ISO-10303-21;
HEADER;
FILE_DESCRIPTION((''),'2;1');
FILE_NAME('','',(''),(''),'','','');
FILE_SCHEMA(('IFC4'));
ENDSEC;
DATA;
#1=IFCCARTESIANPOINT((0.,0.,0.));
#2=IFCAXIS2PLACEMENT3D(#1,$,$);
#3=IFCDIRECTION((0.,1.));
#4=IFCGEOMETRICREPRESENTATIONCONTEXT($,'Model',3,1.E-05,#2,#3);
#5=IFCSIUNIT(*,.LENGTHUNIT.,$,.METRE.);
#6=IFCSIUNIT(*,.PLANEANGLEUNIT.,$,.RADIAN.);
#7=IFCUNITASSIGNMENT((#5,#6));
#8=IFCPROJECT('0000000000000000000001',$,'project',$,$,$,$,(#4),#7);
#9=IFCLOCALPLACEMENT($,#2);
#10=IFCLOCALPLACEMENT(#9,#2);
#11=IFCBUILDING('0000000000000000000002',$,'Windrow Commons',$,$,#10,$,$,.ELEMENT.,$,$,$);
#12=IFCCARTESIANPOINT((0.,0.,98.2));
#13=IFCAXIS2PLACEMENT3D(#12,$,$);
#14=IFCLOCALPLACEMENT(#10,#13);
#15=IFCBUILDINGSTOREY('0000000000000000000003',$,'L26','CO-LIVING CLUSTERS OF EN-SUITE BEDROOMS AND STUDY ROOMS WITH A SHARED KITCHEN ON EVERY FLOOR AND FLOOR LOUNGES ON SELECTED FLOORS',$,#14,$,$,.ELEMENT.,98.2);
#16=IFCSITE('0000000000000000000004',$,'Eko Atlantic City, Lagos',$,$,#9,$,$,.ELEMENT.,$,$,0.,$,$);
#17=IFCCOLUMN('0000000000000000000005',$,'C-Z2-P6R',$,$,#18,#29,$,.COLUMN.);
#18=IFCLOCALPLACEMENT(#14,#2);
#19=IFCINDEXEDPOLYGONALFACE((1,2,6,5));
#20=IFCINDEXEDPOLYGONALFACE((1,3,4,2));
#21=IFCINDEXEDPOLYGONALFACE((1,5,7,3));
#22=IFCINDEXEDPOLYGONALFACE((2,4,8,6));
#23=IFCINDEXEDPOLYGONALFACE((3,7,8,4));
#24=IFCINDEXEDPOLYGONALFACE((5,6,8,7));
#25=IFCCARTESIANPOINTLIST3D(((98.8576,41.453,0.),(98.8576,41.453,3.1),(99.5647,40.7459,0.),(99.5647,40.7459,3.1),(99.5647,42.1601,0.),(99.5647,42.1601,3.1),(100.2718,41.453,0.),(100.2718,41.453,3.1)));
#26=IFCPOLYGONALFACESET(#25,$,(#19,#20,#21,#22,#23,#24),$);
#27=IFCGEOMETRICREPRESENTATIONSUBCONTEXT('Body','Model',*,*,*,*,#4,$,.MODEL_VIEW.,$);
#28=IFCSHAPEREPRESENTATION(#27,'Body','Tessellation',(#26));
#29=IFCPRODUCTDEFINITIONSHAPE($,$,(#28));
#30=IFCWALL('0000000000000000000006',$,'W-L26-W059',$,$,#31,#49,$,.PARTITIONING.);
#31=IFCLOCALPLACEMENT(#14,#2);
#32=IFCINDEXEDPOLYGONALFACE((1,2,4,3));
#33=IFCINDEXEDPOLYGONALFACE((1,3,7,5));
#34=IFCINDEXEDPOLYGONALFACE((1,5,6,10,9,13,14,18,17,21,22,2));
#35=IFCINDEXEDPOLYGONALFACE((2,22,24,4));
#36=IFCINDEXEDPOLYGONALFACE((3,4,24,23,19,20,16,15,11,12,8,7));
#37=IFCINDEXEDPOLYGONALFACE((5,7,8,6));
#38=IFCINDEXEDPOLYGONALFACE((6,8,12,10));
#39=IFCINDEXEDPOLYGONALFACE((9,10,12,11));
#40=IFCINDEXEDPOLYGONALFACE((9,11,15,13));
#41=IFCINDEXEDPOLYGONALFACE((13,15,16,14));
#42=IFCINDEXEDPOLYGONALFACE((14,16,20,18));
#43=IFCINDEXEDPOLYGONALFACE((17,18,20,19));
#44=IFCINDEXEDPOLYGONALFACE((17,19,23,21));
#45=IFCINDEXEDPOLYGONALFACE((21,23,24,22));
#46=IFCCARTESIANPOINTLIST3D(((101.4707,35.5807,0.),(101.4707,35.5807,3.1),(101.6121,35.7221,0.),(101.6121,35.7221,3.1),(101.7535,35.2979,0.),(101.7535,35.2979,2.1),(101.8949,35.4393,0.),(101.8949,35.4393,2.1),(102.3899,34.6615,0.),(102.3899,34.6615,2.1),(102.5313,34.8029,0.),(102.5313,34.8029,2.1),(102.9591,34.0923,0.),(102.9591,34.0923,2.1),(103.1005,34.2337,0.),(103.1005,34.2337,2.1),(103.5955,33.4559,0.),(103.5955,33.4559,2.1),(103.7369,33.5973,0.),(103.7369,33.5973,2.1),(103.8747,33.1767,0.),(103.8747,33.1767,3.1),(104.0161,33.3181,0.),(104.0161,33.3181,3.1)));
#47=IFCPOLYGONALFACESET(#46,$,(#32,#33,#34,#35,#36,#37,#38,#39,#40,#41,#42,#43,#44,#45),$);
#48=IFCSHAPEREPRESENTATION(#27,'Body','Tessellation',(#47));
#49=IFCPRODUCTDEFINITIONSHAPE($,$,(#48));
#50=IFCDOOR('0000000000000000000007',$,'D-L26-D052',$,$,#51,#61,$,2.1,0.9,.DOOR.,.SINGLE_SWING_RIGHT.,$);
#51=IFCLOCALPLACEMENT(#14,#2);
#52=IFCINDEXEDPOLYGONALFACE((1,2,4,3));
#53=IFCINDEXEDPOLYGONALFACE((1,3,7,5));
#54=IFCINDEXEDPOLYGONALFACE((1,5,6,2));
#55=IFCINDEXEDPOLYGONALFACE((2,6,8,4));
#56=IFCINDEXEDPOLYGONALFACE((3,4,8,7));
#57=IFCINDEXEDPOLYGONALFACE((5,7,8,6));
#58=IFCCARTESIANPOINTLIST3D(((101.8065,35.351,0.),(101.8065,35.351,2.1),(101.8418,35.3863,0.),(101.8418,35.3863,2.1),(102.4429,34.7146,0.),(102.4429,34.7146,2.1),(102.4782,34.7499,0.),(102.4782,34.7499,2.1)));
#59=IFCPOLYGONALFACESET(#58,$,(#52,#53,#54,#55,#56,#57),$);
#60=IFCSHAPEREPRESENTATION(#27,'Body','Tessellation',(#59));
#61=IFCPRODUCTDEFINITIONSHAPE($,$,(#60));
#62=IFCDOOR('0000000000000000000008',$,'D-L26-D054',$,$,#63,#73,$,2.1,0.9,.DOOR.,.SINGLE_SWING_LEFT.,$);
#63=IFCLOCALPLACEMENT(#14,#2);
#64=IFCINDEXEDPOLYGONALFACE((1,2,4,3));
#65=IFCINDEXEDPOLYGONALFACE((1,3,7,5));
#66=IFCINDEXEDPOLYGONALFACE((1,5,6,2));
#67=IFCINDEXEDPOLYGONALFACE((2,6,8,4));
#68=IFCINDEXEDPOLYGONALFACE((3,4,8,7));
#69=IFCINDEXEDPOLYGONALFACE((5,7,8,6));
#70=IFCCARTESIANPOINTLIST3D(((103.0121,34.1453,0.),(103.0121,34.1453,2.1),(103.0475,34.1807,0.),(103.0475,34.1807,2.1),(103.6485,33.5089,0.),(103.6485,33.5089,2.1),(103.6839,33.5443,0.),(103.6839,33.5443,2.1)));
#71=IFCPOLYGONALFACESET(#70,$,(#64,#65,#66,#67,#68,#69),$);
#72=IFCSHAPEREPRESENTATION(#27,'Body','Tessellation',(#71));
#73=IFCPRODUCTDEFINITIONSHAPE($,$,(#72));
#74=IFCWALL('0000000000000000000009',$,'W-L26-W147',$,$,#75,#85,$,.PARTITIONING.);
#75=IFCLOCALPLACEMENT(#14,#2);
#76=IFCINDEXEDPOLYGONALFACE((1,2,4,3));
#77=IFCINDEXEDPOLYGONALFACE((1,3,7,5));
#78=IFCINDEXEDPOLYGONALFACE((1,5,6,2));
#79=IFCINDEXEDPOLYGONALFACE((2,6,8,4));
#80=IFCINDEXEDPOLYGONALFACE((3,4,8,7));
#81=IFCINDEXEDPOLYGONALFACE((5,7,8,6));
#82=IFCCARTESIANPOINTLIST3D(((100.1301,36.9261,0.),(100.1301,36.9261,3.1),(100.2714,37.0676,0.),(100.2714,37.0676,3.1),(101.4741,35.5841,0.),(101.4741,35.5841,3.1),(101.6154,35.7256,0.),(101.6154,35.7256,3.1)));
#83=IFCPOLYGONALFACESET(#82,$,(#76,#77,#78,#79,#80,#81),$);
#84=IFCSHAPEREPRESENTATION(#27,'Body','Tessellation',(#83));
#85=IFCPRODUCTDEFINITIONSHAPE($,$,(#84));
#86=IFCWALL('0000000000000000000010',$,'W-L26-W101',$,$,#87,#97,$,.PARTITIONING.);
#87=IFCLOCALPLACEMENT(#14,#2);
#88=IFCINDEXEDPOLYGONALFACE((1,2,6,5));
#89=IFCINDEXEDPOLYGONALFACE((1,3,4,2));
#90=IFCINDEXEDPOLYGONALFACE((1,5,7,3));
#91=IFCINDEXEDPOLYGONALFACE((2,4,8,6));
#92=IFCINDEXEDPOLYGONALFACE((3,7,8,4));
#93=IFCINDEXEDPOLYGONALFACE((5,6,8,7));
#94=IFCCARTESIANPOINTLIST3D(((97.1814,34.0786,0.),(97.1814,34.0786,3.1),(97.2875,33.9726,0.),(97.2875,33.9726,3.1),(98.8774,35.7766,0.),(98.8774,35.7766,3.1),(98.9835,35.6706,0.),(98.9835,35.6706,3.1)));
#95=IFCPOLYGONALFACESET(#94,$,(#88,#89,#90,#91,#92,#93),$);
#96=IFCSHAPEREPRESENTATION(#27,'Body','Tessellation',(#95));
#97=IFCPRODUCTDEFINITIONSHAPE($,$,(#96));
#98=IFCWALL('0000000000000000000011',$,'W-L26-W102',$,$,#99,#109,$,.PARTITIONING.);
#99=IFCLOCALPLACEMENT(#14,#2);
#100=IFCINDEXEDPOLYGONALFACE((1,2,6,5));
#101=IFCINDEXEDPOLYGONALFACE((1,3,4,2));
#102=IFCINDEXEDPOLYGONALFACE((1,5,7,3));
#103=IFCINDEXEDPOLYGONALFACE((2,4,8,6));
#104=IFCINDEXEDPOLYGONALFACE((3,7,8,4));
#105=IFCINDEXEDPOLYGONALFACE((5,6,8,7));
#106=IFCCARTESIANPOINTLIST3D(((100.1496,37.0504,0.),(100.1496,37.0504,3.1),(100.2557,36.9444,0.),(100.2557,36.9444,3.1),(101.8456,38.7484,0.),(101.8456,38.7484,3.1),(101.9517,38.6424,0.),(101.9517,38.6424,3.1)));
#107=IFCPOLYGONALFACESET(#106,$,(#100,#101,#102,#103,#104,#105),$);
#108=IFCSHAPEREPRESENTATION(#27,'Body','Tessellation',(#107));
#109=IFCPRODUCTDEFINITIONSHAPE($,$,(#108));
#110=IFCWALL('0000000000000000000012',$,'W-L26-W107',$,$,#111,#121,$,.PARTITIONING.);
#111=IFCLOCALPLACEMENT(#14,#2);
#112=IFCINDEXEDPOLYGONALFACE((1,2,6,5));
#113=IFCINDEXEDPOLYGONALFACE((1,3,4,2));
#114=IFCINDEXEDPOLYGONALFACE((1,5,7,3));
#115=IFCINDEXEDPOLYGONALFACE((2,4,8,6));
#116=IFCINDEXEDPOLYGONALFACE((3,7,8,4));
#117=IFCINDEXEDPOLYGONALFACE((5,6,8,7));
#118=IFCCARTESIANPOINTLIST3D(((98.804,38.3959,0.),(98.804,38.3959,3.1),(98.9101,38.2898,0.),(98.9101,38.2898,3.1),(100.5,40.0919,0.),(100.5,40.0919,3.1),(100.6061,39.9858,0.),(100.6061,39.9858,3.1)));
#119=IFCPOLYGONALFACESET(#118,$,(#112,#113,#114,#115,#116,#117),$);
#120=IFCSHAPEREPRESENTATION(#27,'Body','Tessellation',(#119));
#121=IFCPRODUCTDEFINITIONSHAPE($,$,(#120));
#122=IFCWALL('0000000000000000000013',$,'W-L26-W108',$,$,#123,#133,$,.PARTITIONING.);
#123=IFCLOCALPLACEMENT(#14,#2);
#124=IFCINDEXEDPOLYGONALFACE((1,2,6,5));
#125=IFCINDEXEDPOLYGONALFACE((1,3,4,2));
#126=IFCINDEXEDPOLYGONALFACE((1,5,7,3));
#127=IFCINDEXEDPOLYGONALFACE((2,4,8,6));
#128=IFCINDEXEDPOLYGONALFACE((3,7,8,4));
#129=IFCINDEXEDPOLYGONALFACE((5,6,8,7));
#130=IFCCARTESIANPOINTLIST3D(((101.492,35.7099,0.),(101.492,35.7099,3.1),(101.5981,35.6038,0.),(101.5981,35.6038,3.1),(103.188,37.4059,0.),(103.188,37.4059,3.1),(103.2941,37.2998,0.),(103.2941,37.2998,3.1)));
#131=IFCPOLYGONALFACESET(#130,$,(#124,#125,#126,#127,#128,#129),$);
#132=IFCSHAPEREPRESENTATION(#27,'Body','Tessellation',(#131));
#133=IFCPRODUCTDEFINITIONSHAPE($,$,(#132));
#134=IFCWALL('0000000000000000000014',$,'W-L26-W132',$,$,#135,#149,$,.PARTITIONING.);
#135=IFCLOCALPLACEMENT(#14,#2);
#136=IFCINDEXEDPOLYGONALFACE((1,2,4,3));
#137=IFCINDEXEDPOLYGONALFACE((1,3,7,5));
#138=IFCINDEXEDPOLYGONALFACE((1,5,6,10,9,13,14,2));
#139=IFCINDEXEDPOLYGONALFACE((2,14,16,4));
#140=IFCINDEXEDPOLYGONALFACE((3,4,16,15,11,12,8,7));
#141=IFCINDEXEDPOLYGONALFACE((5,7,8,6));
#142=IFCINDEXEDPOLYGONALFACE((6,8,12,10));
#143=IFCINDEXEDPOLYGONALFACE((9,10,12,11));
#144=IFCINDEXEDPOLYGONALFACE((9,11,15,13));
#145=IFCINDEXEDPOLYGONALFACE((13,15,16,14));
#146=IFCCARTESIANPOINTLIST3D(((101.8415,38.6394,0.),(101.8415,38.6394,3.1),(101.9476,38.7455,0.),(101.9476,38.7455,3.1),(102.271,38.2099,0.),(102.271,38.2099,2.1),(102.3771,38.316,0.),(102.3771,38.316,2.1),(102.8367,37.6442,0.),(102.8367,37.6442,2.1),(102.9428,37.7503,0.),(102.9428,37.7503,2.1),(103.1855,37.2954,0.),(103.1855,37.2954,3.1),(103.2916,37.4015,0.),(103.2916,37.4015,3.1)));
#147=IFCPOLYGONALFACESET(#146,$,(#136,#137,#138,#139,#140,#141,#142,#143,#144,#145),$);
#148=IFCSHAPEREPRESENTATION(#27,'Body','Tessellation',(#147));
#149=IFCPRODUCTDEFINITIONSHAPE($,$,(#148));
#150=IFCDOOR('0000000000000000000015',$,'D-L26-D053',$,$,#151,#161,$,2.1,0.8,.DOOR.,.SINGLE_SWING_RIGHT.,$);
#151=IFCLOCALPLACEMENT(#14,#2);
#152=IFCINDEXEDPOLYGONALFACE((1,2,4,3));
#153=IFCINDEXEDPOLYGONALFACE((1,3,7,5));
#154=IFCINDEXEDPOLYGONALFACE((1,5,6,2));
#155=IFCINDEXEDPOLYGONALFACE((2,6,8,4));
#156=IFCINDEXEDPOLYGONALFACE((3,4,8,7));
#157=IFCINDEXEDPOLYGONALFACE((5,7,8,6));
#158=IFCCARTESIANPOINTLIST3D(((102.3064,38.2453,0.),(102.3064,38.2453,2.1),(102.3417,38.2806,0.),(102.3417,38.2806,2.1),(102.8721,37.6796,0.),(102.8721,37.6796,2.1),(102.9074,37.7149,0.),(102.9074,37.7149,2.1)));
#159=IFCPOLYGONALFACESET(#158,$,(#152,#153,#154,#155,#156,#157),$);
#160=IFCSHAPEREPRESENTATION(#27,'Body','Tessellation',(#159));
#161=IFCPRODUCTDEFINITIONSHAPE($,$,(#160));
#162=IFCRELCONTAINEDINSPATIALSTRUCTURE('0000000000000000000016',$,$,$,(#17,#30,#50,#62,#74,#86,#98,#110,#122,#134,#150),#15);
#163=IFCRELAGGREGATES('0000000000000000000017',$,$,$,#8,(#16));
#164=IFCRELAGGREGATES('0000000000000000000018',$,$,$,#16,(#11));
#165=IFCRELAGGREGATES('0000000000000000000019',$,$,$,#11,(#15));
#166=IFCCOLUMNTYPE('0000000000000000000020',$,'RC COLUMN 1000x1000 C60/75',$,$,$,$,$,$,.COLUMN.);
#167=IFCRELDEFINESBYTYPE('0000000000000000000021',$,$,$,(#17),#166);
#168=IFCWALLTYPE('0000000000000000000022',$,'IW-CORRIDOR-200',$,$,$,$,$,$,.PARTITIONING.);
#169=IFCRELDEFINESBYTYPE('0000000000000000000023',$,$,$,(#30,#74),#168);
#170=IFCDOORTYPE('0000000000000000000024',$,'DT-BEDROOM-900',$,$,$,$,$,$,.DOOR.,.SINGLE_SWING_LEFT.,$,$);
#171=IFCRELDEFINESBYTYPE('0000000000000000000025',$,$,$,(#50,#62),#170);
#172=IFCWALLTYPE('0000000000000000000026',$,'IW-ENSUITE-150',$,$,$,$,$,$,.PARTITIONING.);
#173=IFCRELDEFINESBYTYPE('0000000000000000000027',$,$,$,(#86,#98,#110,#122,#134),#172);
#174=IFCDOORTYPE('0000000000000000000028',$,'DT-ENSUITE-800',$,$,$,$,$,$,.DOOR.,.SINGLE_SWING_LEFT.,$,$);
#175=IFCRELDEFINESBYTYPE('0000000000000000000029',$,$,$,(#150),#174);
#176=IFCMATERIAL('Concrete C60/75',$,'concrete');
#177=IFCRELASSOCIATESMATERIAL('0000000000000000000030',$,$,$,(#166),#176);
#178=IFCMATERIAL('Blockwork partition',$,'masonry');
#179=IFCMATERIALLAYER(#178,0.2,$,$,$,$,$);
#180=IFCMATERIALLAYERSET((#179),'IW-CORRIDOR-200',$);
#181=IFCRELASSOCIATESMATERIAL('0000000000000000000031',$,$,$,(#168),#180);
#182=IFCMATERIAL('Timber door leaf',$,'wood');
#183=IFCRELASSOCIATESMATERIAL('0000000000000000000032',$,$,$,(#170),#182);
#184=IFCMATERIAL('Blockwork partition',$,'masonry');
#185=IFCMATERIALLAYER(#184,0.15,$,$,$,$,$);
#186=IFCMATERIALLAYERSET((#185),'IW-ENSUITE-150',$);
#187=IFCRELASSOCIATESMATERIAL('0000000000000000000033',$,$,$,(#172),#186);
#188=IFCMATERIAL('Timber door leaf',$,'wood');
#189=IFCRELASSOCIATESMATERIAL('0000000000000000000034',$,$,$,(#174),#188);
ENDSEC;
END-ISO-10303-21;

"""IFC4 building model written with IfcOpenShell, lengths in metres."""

from ifc_helpers import new_model, si_unit, direction, frame, frame_2d, origin, origin_2d, place, context, subcontext, project, spatial, rectangle, extrude, material, layer, layer_set, material_profile, profile_set, type_object, element, fill, save


model = new_model("IFC4")

# Units and contexts
model_context = context("Model", 3, precision=1e-05, world=origin(), true_north=direction((0.0, 1.0)))
body_context = subcontext(model_context, "Body", "Model", "MODEL_VIEW")
ifc_project = project(units=[si_unit("LENGTHUNIT", "METRE"), si_unit("PLANEANGLEUNIT", "RADIAN")], contexts=[model_context])

# Site, building, storey
site_placement = place(None, origin())
site = spatial("IfcSite", under=ifc_project, at=site_placement, Name="Eko Atlantic City, Lagos", CompositionType="ELEMENT", RefElevation=0.0)
building_placement = place(site_placement, origin())
building = spatial("IfcBuilding", under=site, at=building_placement, Name="Windrow Commons", CompositionType="ELEMENT")
storey_placement = place(building_placement, frame((0.0, 0.0, 98.2)))
storey = spatial("IfcBuildingStorey", under=building, at=storey_placement, Name="L26", Description="CO-LIVING CLUSTERS OF EN-SUITE BEDROOMS AND STUDY ROOMS WITH A SHARED KITCHEN ON EVERY FLOOR AND FLOOR LOUNGES ON SELECTED FLOORS", CompositionType="ELEMENT", Elevation=98.2)

# Column
ifc_material_1 = material(Name="Concrete C60/75", Category="concrete")
ifc_material_profile = material_profile(ifc_material_1, rectangle(XDim=1.0, YDim=1.0, at=origin_2d()))
ifc_profile_set = profile_set([ifc_material_profile], Name="Concrete C60/75")
column_type = type_object("IfcColumnType", Name="RC COLUMN 1000x1000 C60/75", PredefinedType="COLUMN", material=ifc_profile_set)
column_placement = place(storey_placement, frame((99.5647, 41.453, 0.0), z_axis=(0.0, 0.0, 1.0), x_axis=(0.707107, -0.707107, 0.0)))
element("IfcColumn", 1, at=column_placement, inside=storey, type_object=column_type, Name="C-Z2-P6R", PredefinedType="COLUMN", context=body_context, shape_type="SweptSolid", body=[
    extrude(rectangle(XDim=1.0, YDim=1.0, at=origin_2d()), origin(), (0.0, 0.0, 1.0), 3.1),
])

# Wall, openings, doors
ifc_material_2 = material(Name="Blockwork partition", Category="masonry")
ifc_layer_1 = layer(ifc_material_2, 0.2)
ifc_layer_set_1 = layer_set([ifc_layer_1], Name="IW-CORRIDOR-200")
wall_type_1 = type_object("IfcWallType", Name="IW-CORRIDOR-200", PredefinedType="PARTITIONING", material=ifc_layer_set_1)
wall_1_placement = place(storey_placement, frame((101.5414, 35.6514, 0.0), z_axis=(0.0, 0.0, 1.0), x_axis=(0.707107, -0.707107, 0.0)))
wall_1 = element("IfcWall", 2, at=wall_1_placement, inside=storey, type_object=wall_type_1, Name="W-L26-W059", PredefinedType="PARTITIONING", context=body_context, shape_type="SweptSolid", body=[
    extrude(rectangle(XDim=3.3998, YDim=0.2, at=frame_2d((1.6999, 0.0))), origin(), (0.0, 0.0, 1.0), 3.1),
])
opening_1_placement = place(wall_1_placement, frame((0.3999, 0.0, 0.0)))
opening_1 = element("IfcOpeningElement", 3, at=opening_1_placement, cuts=wall_1, PredefinedType="OPENING", context=body_context, shape_type="SweptSolid", body=[
    extrude(rectangle(XDim=0.9, YDim=2.1, at=frame_2d((0.45, 1.05))), frame((0.0, 0.11, 0.0), z_axis=(0.0, -1.0, 0.0), x_axis=(1.0, 0.0, 0.0)), (0.0, 0.0, 1.0), 0.22),
])
opening_2_placement = place(wall_1_placement, frame((2.1049, 0.0, 0.0)))
opening_2 = element("IfcOpeningElement", 4, at=opening_2_placement, cuts=wall_1, PredefinedType="OPENING", context=body_context, shape_type="SweptSolid", body=[
    extrude(rectangle(XDim=0.9, YDim=2.1, at=frame_2d((0.45, 1.05))), frame((0.0, 0.11, 0.0), z_axis=(0.0, -1.0, 0.0), x_axis=(1.0, 0.0, 0.0)), (0.0, 0.0, 1.0), 0.22),
])
ifc_material_3 = material(Name="Timber door leaf", Category="wood")
door_type_1 = type_object("IfcDoorType", Name="DT-BEDROOM-900", OperationType="SINGLE_SWING_LEFT", PredefinedType="DOOR", material=ifc_material_3)
door_1_placement = place(opening_1_placement, origin())
door_1 = element("IfcDoor", 5, at=door_1_placement, inside=storey, type_object=door_type_1, Name="D-L26-D052", OperationType="SINGLE_SWING_RIGHT", OverallHeight=2.1, OverallWidth=0.9, PredefinedType="DOOR", context=body_context, shape_type="SweptSolid", body=[
    extrude(rectangle(XDim=0.9, YDim=2.1, at=frame_2d((0.45, 1.05))), frame((0.0, 0.025, 0.0), z_axis=(0.0, -1.0, 0.0), x_axis=(1.0, 0.0, 0.0)), (0.0, 0.0, 1.0), 0.05),
])
fill(opening_1, door_1)
door_2_placement = place(opening_2_placement, origin())
door_2 = element("IfcDoor", 6, at=door_2_placement, inside=storey, type_object=door_type_1, Name="D-L26-D054", OperationType="SINGLE_SWING_LEFT", OverallHeight=2.1, OverallWidth=0.9, PredefinedType="DOOR", context=body_context, shape_type="SweptSolid", body=[
    extrude(rectangle(XDim=0.9, YDim=2.1, at=frame_2d((0.45, 1.05))), frame((0.0, 0.025, 0.0), z_axis=(0.0, -1.0, 0.0), x_axis=(1.0, 0.0, 0.0)), (0.0, 0.0, 1.0), 0.05),
])
fill(opening_2, door_2)

# Walls
wall_2_placement = place(storey_placement, frame((100.2008, 36.9968, 0.0), z_axis=(0.0, 0.0, 1.0), x_axis=(0.707633, -0.70658, 0.0)))
element("IfcWall", 7, at=wall_2_placement, inside=storey, type_object=wall_type_1, Name="W-L26-W147", PredefinedType="PARTITIONING", context=body_context, shape_type="SweptSolid", body=[
    extrude(rectangle(XDim=1.8993, YDim=0.2, at=frame_2d((0.9496, 0.0))), origin(), (0.0, 0.0, 1.0), 3.1),
])
ifc_material_4 = material(Name="Blockwork partition", Category="masonry")
ifc_layer_2 = layer(ifc_material_4, 0.15)
ifc_layer_set_2 = layer_set([ifc_layer_2], Name="IW-ENSUITE-150")
wall_type_2 = type_object("IfcWallType", Name="IW-ENSUITE-150", PredefinedType="PARTITIONING", material=ifc_layer_set_2)
for number, where, z_axis, x_axis, name in (
    (8, (97.2344, 34.0256, 0.0), (0.0, 0.0, 1.0), (0.70669, 0.707523, 0.0), "W-L26-W101"),
    (9, (100.2026, 36.9974, 0.0), (0.0, 0.0, 1.0), (0.70669, 0.707523, 0.0), "W-L26-W102"),
):
    element("IfcWall", number, at=place(storey_placement, frame(where, z_axis=z_axis, x_axis=x_axis)), inside=storey, type_object=wall_type_2, Name=name, PredefinedType="PARTITIONING", context=body_context, shape_type="SweptSolid", body=[
        extrude(rectangle(XDim=2.3999, YDim=0.15, at=frame_2d((1.2, 0.0))), origin(), (0.0, 0.0, 1.0), 3.1),
    ])
for number, where, z_axis, x_axis, name in (
    (10, (98.8571, 38.3429, 0.0), (0.0, 0.0, 1.0), (0.707107, 0.707107, 0.0), "W-L26-W107"),
    (11, (101.5451, 35.6569, 0.0), (0.0, 0.0, 1.0), (0.707107, 0.707107, 0.0), "W-L26-W108"),
):
    element("IfcWall", number, at=place(storey_placement, frame(where, z_axis=z_axis, x_axis=x_axis)), inside=storey, type_object=wall_type_2, Name=name, PredefinedType="PARTITIONING", context=body_context, shape_type="SweptSolid", body=[
        extrude(rectangle(XDim=2.3985, YDim=0.15, at=frame_2d((1.1992, 0.0))), origin(), (0.0, 0.0, 1.0), 3.1),
    ])

# Wall, opening, door
wall_3_placement = place(storey_placement, frame((101.8945, 38.6925, 0.0), z_axis=(0.0, 0.0, 1.0), x_axis=(0.707107, -0.707107, 0.0)))
wall_3 = element("IfcWall", 12, at=wall_3_placement, inside=storey, type_object=wall_type_2, Name="W-L26-W132", PredefinedType="PARTITIONING", context=body_context, shape_type="SweptSolid", body=[
    extrude(rectangle(XDim=1.9007, YDim=0.15, at=frame_2d((0.9504, 0.0))), origin(), (0.0, 0.0, 1.0), 3.1),
])
opening_3_placement = place(wall_3_placement, frame((0.6075, 0.0, 0.0)))
opening_3 = element("IfcOpeningElement", 13, at=opening_3_placement, cuts=wall_3, PredefinedType="OPENING", context=body_context, shape_type="SweptSolid", body=[
    extrude(rectangle(XDim=0.8, YDim=2.1, at=frame_2d((0.4, 1.05))), frame((0.0, 0.085, 0.0), z_axis=(0.0, -1.0, 0.0), x_axis=(1.0, 0.0, 0.0)), (0.0, 0.0, 1.0), 0.17),
])
ifc_material_5 = material(Name="Timber door leaf", Category="wood")
door_type_2 = type_object("IfcDoorType", Name="DT-ENSUITE-800", OperationType="SINGLE_SWING_LEFT", PredefinedType="DOOR", material=ifc_material_5)
door_3_placement = place(opening_3_placement, origin())
door_3 = element("IfcDoor", 14, at=door_3_placement, inside=storey, type_object=door_type_2, Name="D-L26-D053", OperationType="SINGLE_SWING_RIGHT", OverallHeight=2.1, OverallWidth=0.8, PredefinedType="DOOR", context=body_context, shape_type="SweptSolid", body=[
    extrude(rectangle(XDim=0.8, YDim=2.1, at=frame_2d((0.4, 1.05))), frame((0.0, 0.025, 0.0), z_axis=(0.0, -1.0, 0.0), x_axis=(1.0, 0.0, 0.0)), (0.0, 0.0, 1.0), 0.05),
])
fill(opening_3, door_3)

save(model, "model.ifc")
